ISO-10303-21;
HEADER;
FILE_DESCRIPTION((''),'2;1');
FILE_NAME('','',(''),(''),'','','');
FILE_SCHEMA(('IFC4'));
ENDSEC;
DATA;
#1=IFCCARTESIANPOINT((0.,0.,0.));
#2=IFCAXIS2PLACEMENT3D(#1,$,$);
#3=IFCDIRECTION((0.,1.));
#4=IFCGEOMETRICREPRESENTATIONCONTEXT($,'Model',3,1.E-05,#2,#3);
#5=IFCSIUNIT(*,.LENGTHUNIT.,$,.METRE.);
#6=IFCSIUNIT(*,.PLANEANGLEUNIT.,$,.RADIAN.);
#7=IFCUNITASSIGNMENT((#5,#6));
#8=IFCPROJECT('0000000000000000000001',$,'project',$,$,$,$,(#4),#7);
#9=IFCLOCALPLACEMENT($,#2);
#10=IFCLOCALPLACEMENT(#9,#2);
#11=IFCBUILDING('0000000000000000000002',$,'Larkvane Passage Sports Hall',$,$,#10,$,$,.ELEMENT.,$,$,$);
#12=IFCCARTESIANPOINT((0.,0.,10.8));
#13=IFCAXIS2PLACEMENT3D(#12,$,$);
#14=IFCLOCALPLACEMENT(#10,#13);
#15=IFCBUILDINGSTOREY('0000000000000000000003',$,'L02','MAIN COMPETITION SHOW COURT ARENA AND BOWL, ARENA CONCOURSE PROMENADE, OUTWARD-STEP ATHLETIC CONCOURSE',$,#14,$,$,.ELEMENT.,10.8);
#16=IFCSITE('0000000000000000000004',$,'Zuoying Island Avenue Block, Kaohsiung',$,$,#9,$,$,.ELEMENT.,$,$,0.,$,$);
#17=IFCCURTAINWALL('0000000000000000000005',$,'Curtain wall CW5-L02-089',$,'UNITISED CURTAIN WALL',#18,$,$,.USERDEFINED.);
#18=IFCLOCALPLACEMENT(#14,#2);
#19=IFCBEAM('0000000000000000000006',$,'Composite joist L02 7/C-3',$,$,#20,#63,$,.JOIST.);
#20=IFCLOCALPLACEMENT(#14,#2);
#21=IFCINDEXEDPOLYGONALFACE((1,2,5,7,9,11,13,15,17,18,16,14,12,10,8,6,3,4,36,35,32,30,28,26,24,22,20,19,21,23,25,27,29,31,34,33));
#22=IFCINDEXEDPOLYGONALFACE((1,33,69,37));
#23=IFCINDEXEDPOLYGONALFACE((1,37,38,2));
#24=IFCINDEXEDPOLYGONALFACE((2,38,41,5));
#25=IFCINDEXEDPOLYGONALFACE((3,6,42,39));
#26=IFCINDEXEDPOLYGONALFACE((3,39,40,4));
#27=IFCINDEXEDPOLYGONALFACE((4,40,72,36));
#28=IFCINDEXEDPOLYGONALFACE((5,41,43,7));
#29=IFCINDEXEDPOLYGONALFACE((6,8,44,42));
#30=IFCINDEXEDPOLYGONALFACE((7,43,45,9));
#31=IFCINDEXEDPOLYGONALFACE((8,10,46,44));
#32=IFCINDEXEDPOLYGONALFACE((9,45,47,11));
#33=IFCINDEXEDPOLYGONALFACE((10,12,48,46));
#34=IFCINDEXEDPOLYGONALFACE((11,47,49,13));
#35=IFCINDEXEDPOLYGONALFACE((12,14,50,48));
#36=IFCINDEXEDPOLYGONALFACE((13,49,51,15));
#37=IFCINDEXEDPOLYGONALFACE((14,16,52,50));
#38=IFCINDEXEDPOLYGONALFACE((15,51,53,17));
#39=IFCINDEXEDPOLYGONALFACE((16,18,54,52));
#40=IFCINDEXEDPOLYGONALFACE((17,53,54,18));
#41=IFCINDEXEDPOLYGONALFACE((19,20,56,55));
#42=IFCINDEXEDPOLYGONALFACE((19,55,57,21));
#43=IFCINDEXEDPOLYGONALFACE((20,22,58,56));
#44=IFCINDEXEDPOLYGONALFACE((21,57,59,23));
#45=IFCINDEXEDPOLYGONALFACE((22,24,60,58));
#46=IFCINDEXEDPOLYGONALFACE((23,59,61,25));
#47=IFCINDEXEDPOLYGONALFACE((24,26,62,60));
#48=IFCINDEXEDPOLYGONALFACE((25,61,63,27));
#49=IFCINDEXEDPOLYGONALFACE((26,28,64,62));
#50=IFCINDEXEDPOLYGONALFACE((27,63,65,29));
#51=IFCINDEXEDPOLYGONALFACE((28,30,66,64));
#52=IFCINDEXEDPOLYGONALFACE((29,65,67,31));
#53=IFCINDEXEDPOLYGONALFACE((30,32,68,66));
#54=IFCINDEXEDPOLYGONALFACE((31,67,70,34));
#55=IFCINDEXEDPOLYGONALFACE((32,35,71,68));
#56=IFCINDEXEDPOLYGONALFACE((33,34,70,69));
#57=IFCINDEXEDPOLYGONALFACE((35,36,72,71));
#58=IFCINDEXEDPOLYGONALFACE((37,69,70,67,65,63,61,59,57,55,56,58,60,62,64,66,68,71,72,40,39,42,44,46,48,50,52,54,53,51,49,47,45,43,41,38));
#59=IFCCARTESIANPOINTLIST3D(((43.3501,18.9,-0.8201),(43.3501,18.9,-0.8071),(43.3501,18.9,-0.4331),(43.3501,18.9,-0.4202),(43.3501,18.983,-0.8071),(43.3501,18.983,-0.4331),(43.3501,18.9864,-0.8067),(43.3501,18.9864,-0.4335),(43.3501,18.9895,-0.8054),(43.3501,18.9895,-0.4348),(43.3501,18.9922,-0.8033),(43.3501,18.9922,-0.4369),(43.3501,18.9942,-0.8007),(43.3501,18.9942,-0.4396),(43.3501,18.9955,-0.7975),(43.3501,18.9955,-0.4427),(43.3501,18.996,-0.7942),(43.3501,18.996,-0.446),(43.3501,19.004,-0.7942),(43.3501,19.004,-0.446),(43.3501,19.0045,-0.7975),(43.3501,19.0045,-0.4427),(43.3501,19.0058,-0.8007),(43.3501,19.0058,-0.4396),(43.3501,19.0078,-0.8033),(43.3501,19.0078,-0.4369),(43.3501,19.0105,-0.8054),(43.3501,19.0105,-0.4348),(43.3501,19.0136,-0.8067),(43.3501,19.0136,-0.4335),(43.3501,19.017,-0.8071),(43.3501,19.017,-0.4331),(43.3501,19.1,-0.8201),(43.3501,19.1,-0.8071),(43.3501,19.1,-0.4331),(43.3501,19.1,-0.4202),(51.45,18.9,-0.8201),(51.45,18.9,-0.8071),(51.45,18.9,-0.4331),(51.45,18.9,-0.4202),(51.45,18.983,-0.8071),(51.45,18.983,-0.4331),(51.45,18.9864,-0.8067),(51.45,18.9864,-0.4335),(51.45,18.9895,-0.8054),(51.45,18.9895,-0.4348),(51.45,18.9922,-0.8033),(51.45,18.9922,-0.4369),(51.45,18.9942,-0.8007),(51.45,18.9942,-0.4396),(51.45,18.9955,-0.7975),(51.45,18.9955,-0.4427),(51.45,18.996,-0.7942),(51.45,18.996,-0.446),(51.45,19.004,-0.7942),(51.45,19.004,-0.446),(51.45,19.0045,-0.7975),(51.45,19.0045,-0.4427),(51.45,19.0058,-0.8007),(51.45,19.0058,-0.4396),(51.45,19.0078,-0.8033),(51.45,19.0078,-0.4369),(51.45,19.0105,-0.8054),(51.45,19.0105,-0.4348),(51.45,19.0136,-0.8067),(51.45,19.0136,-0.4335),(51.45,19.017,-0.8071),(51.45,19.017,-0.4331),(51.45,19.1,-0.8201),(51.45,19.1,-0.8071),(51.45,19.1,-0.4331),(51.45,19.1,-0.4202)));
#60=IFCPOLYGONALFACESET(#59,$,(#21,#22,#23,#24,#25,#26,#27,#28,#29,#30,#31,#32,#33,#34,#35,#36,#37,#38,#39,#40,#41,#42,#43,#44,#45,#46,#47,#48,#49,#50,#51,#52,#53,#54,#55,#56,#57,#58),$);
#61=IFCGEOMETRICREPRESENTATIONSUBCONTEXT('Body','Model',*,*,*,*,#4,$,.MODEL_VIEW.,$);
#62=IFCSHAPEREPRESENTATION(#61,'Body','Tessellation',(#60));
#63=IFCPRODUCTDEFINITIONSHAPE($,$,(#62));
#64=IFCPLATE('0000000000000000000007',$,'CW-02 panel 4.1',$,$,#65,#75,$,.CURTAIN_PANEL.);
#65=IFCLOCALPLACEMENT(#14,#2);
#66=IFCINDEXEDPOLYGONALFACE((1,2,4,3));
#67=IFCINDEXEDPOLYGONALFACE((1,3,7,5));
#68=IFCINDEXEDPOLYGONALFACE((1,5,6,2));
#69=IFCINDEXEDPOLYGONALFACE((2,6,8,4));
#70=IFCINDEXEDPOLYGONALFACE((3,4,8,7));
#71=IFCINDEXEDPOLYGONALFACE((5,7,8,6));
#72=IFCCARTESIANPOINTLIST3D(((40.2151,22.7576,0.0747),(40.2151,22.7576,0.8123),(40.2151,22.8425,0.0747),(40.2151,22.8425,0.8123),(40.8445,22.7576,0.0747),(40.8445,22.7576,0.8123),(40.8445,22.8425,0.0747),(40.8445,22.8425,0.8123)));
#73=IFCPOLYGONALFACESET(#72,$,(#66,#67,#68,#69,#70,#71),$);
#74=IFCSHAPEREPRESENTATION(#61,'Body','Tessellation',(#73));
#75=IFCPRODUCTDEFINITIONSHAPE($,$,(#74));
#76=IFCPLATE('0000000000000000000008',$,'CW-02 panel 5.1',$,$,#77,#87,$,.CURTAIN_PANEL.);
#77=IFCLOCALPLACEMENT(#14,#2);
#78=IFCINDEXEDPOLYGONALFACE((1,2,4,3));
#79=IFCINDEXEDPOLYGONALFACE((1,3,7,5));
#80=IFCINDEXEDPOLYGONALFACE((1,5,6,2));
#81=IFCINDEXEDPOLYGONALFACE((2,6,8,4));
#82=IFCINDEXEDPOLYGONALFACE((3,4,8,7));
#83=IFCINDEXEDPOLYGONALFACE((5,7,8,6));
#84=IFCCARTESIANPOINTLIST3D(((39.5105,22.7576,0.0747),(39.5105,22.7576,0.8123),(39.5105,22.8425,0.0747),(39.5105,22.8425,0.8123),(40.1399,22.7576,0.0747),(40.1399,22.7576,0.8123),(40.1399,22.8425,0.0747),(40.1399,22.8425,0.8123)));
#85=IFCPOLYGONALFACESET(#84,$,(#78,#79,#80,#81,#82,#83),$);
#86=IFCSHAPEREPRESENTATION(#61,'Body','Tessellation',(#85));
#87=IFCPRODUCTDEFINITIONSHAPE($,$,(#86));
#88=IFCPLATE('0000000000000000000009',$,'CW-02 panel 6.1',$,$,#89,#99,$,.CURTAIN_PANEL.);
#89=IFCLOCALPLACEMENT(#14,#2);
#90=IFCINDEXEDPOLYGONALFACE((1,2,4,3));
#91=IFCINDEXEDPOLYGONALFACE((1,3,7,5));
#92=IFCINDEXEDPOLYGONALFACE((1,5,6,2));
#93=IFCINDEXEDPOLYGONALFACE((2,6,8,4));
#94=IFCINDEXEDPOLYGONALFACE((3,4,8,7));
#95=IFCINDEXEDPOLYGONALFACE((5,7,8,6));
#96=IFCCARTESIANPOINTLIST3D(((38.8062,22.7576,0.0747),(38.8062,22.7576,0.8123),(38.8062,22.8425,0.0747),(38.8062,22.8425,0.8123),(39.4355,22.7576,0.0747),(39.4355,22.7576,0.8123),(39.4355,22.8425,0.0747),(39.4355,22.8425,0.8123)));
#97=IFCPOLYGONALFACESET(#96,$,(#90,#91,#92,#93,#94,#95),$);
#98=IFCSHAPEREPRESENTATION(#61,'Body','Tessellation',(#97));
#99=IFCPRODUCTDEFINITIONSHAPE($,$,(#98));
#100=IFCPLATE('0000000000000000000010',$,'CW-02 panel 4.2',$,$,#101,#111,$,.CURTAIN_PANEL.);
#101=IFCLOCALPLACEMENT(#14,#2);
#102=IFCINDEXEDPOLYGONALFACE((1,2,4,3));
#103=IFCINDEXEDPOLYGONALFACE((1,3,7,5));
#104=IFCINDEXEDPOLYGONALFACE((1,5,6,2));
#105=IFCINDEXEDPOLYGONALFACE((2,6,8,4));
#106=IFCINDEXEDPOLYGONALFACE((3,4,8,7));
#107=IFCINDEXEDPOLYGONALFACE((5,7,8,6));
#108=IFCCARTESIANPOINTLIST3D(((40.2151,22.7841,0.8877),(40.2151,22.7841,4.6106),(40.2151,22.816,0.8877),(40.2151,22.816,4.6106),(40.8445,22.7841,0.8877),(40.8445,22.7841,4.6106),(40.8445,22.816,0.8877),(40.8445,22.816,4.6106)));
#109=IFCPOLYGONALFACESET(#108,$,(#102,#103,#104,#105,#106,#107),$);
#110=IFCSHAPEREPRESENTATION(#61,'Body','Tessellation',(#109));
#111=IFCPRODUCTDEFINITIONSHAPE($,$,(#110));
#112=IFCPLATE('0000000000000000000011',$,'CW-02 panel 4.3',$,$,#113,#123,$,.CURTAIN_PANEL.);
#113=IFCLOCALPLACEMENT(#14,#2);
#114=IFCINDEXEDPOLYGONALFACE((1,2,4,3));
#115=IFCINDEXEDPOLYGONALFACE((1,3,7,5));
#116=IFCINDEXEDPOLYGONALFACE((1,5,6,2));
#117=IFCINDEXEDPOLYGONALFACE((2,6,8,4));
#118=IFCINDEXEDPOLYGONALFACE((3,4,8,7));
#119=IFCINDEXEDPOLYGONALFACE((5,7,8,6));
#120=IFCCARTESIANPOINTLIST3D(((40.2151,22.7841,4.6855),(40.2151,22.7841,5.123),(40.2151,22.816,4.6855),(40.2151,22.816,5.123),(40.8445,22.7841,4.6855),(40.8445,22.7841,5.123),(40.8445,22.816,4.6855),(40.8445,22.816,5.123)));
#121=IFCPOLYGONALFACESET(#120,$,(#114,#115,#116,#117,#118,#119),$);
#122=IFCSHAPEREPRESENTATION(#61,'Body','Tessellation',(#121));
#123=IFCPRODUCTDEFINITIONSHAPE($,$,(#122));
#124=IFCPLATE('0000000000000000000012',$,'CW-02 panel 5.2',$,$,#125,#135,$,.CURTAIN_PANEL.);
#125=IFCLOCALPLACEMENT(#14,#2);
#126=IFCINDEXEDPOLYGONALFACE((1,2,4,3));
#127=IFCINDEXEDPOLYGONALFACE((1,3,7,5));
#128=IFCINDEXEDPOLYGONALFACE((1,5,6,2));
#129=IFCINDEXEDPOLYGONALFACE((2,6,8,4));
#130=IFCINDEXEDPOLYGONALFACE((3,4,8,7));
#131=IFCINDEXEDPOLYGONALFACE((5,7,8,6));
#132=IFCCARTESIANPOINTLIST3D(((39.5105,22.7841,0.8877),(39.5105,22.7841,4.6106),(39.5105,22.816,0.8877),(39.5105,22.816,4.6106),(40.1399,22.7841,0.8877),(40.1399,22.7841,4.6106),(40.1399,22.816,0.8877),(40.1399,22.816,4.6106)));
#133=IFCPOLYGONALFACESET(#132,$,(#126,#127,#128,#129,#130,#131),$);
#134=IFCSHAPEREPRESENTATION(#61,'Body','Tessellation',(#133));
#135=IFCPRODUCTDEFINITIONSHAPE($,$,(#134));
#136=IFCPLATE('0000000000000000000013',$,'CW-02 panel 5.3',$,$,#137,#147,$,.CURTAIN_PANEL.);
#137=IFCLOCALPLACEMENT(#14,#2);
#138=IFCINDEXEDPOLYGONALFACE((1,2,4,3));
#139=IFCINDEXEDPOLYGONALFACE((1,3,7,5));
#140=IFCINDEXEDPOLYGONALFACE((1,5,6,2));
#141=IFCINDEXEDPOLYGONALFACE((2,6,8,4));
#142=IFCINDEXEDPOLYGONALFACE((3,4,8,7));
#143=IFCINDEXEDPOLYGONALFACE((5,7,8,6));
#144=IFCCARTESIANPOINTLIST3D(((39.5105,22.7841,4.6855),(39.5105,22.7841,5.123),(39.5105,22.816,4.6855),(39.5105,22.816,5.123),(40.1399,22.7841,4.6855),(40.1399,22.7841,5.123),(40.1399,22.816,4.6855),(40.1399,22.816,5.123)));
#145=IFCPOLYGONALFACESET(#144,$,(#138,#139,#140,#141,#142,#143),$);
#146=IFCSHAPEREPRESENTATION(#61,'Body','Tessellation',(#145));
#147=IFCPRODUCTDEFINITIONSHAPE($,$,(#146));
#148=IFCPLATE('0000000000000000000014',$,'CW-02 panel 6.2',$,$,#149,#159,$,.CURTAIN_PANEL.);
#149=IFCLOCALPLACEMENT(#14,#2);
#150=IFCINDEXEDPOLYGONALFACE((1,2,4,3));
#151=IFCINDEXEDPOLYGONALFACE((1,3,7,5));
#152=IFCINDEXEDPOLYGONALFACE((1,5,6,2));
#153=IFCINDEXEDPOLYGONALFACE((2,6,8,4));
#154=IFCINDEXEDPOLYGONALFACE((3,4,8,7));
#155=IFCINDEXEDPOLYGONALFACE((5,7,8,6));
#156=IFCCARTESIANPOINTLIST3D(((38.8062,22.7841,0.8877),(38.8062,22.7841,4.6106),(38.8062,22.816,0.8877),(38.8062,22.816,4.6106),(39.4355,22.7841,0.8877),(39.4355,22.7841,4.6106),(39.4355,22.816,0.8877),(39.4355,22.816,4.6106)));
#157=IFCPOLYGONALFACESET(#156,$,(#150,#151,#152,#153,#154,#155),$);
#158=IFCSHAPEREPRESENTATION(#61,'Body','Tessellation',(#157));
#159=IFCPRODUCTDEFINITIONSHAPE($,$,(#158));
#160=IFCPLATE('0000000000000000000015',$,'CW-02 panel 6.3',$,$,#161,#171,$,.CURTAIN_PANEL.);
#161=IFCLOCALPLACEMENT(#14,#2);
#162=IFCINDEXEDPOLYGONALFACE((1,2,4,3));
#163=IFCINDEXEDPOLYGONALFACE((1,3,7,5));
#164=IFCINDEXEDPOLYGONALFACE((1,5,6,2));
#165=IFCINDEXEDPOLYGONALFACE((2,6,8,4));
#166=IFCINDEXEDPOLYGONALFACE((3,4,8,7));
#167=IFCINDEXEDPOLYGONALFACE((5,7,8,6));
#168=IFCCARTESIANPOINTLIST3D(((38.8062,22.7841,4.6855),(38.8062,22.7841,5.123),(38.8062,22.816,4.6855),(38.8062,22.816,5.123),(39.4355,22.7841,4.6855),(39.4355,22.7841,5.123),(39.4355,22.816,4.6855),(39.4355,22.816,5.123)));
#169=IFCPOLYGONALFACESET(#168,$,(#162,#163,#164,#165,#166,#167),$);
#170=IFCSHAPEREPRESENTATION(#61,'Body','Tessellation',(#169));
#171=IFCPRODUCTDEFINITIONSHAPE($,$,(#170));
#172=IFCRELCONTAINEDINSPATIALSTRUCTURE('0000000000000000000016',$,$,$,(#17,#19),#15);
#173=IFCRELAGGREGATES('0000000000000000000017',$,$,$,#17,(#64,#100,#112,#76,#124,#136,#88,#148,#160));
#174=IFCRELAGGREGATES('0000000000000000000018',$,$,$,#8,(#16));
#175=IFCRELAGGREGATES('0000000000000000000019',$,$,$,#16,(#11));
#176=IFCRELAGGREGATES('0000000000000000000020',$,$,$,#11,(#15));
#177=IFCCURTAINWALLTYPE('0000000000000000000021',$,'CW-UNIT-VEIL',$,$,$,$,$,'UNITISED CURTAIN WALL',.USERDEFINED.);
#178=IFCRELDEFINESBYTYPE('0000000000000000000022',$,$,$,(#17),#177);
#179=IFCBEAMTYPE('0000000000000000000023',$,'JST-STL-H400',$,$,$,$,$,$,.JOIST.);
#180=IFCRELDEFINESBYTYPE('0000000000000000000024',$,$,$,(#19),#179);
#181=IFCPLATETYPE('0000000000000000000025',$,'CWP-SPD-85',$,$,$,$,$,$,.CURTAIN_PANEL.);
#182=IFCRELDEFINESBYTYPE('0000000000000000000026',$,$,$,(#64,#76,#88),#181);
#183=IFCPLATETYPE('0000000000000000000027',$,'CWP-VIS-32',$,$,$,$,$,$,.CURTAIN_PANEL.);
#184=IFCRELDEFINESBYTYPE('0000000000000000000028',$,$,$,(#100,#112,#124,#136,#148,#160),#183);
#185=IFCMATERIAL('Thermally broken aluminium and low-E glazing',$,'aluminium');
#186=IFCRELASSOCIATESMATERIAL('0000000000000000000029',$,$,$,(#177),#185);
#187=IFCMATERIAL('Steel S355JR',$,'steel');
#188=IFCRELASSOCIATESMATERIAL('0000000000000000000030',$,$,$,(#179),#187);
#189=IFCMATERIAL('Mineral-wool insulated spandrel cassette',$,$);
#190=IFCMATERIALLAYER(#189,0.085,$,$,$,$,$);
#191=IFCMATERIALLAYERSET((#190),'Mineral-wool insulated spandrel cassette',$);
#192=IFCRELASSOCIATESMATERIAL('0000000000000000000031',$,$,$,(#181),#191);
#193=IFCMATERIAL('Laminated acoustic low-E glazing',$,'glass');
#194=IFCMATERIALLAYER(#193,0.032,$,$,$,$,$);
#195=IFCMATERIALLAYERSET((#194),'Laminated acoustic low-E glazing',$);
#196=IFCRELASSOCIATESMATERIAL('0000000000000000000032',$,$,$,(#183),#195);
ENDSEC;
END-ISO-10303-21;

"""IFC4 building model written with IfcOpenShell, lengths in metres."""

from ifc_helpers import new_model, si_unit, direction, frame, origin, origin_2d, place, context, subcontext, project, spatial, rectangle, i_section, extrude, material, layer, layer_set, material_profile, profile_set, type_object, element, aggregate, save


model = new_model("IFC4")

# Units and contexts
model_context = context("Model", 3, precision=1e-05, world=origin(), true_north=direction((0.0, 1.0)))
body_context = subcontext(model_context, "Body", "Model", "MODEL_VIEW")
ifc_project = project(units=[si_unit("LENGTHUNIT", "METRE"), si_unit("PLANEANGLEUNIT", "RADIAN")], contexts=[model_context])

# Site, building, storey
site_placement = place(None, origin())
site = spatial("IfcSite", under=ifc_project, at=site_placement, Name="Zuoying Island Avenue Block, Kaohsiung", CompositionType="ELEMENT", RefElevation=0.0)
building_placement = place(site_placement, origin())
building = spatial("IfcBuilding", under=site, at=building_placement, Name="Larkvane Passage Sports Hall", CompositionType="ELEMENT")
storey_placement = place(building_placement, frame((0.0, 0.0, 10.8)))
storey = spatial("IfcBuildingStorey", under=building, at=storey_placement, Name="L02", Description="MAIN COMPETITION SHOW COURT ARENA AND BOWL, ARENA CONCOURSE PROMENADE, OUTWARD-STEP ATHLETIC CONCOURSE", CompositionType="ELEMENT", Elevation=10.8)

# Curtain wall
ifc_material_1 = material(Name="Thermally broken aluminium and low-E glazing", Category="aluminium")
curtain_wall_type = type_object("IfcCurtainWallType", Name="CW-UNIT-VEIL", ElementType="UNITISED CURTAIN WALL", PredefinedType="USERDEFINED", material=ifc_material_1)
curtain_wall_placement = place(storey_placement, origin())
curtain_wall = element("IfcCurtainWall", 1, at=curtain_wall_placement, inside=storey, type_object=curtain_wall_type, Name="Curtain wall CW5-L02-089", ObjectType="UNITISED CURTAIN WALL", PredefinedType="USERDEFINED")

# Beam
ifc_material_2 = material(Name="Steel S355JR", Category="steel")
ifc_material_profile_1 = material_profile(ifc_material_2, i_section(OverallWidth=0.2, OverallDepth=0.3999, WebThickness=0.0081, FlangeThickness=0.0129, FilletRadius=0.0129, at=origin_2d()), Name="H-400x200x8x13")
ifc_profile_set_1 = profile_set([ifc_material_profile_1], Name="Steel S355JR")
beam_type_1 = type_object("IfcBeamType", Name="JST-STL-H400", PredefinedType="JOIST", material=ifc_profile_set_1)
beam_1_placement = place(storey_placement, frame((43.3501, 19.0, -0.6201), z_axis=(1.0, 0.0, 0.0), x_axis=(0.0, 1.0, 0.0)))
element("IfcBeam", 2, at=beam_1_placement, inside=storey, type_object=beam_type_1, Name="Composite joist L02 7/C-3", PredefinedType="JOIST", context=body_context, shape_type="SweptSolid", body=[
    extrude(i_section(OverallWidth=0.2, OverallDepth=0.3999, WebThickness=0.0081, FlangeThickness=0.0129, FilletRadius=0.0129, at=origin_2d()), origin(), (0.0, 0.0, 1.0), 8.0999),
])

# Plates
ifc_material_3 = material(Name="Mineral-wool insulated spandrel cassette")
ifc_layer_1 = layer(ifc_material_3, 0.085)
ifc_layer_set_1 = layer_set([ifc_layer_1], Name="Mineral-wool insulated spandrel cassette")
plate_type_1 = type_object("IfcPlateType", Name="CWP-SPD-85", PredefinedType="CURTAIN_PANEL", material=ifc_layer_set_1)
plate_1_placement = place(storey_placement, frame((40.5298, 22.8, 0.0747), z_axis=(0.0, 0.0, 1.0), x_axis=(-1.0, 0.0, 0.0)))
plate_1 = element("IfcPlate", 3, at=plate_1_placement, type_object=plate_type_1, Name="CW-02 panel 4.1", PredefinedType="CURTAIN_PANEL", context=body_context, shape_type="SweptSolid", body=[
    extrude(rectangle(XDim=0.6294, YDim=0.085, at=origin_2d()), origin(), (0.0, 0.0, 1.0), 0.7375),
])
plate_2_placement = place(storey_placement, frame((39.8252, 22.8, 0.0747), z_axis=(0.0, 0.0, 1.0), x_axis=(-1.0, 0.0, 0.0)))
plate_2 = element("IfcPlate", 4, at=plate_2_placement, type_object=plate_type_1, Name="CW-02 panel 5.1", PredefinedType="CURTAIN_PANEL", context=body_context, shape_type="SweptSolid", body=[
    extrude(rectangle(XDim=0.6294, YDim=0.085, at=origin_2d()), origin(), (0.0, 0.0, 1.0), 0.7375),
])
plate_3_placement = place(storey_placement, frame((39.1208, 22.8, 0.0747), z_axis=(0.0, 0.0, 1.0), x_axis=(-1.0, 0.0, 0.0)))
plate_3 = element("IfcPlate", 5, at=plate_3_placement, type_object=plate_type_1, Name="CW-02 panel 6.1", PredefinedType="CURTAIN_PANEL", context=body_context, shape_type="SweptSolid", body=[
    extrude(rectangle(XDim=0.6294, YDim=0.085, at=origin_2d()), origin(), (0.0, 0.0, 1.0), 0.7375),
])
ifc_material_4 = material(Name="Laminated acoustic low-E glazing", Category="glass")
ifc_layer_2 = layer(ifc_material_4, 0.032)
ifc_layer_set_2 = layer_set([ifc_layer_2], Name="Laminated acoustic low-E glazing")
plate_type_2 = type_object("IfcPlateType", Name="CWP-VIS-32", PredefinedType="CURTAIN_PANEL", material=ifc_layer_set_2)
plate_4_placement = place(storey_placement, frame((40.5298, 22.8, 0.8877), z_axis=(0.0, 0.0, 1.0), x_axis=(-1.0, 0.0, 0.0)))
plate_4 = element("IfcPlate", 6, at=plate_4_placement, type_object=plate_type_2, Name="CW-02 panel 4.2", PredefinedType="CURTAIN_PANEL", context=body_context, shape_type="SweptSolid", body=[
    extrude(rectangle(XDim=0.6294, YDim=0.032, at=origin_2d()), origin(), (0.0, 0.0, 1.0), 3.7229),
])
plate_5_placement = place(storey_placement, frame((40.5298, 22.8, 4.6855), z_axis=(0.0, 0.0, 1.0), x_axis=(-1.0, 0.0, 0.0)))
plate_5 = element("IfcPlate", 7, at=plate_5_placement, type_object=plate_type_2, Name="CW-02 panel 4.3", PredefinedType="CURTAIN_PANEL", context=body_context, shape_type="SweptSolid", body=[
    extrude(rectangle(XDim=0.6294, YDim=0.032, at=origin_2d()), origin(), (0.0, 0.0, 1.0), 0.4375),
])
plate_6_placement = place(storey_placement, frame((39.8252, 22.8, 0.8877), z_axis=(0.0, 0.0, 1.0), x_axis=(-1.0, 0.0, 0.0)))
plate_6 = element("IfcPlate", 8, at=plate_6_placement, type_object=plate_type_2, Name="CW-02 panel 5.2", PredefinedType="CURTAIN_PANEL", context=body_context, shape_type="SweptSolid", body=[
    extrude(rectangle(XDim=0.6294, YDim=0.032, at=origin_2d()), origin(), (0.0, 0.0, 1.0), 3.7229),
])
plate_7_placement = place(storey_placement, frame((39.8252, 22.8, 4.6855), z_axis=(0.0, 0.0, 1.0), x_axis=(-1.0, 0.0, 0.0)))
plate_7 = element("IfcPlate", 9, at=plate_7_placement, type_object=plate_type_2, Name="CW-02 panel 5.3", PredefinedType="CURTAIN_PANEL", context=body_context, shape_type="SweptSolid", body=[
    extrude(rectangle(XDim=0.6294, YDim=0.032, at=origin_2d()), origin(), (0.0, 0.0, 1.0), 0.4375),
])
plate_8_placement = place(storey_placement, frame((39.1208, 22.8, 0.8877), z_axis=(0.0, 0.0, 1.0), x_axis=(-1.0, 0.0, 0.0)))
plate_8 = element("IfcPlate", 10, at=plate_8_placement, type_object=plate_type_2, Name="CW-02 panel 6.2", PredefinedType="CURTAIN_PANEL", context=body_context, shape_type="SweptSolid", body=[
    extrude(rectangle(XDim=0.6294, YDim=0.032, at=origin_2d()), origin(), (0.0, 0.0, 1.0), 3.7229),
])
plate_9_placement = place(storey_placement, frame((39.1208, 22.8, 4.6855), z_axis=(0.0, 0.0, 1.0), x_axis=(-1.0, 0.0, 0.0)))
plate_9 = element("IfcPlate", 11, at=plate_9_placement, type_object=plate_type_2, Name="CW-02 panel 6.3", PredefinedType="CURTAIN_PANEL", context=body_context, shape_type="SweptSolid", body=[
    extrude(rectangle(XDim=0.6294, YDim=0.032, at=origin_2d()), origin(), (0.0, 0.0, 1.0), 0.4375),
])
aggregate(curtain_wall, [plate_1, plate_4, plate_5, plate_2, plate_6, plate_7, plate_3, plate_8, plate_9])

save(model, "model.ifc")
